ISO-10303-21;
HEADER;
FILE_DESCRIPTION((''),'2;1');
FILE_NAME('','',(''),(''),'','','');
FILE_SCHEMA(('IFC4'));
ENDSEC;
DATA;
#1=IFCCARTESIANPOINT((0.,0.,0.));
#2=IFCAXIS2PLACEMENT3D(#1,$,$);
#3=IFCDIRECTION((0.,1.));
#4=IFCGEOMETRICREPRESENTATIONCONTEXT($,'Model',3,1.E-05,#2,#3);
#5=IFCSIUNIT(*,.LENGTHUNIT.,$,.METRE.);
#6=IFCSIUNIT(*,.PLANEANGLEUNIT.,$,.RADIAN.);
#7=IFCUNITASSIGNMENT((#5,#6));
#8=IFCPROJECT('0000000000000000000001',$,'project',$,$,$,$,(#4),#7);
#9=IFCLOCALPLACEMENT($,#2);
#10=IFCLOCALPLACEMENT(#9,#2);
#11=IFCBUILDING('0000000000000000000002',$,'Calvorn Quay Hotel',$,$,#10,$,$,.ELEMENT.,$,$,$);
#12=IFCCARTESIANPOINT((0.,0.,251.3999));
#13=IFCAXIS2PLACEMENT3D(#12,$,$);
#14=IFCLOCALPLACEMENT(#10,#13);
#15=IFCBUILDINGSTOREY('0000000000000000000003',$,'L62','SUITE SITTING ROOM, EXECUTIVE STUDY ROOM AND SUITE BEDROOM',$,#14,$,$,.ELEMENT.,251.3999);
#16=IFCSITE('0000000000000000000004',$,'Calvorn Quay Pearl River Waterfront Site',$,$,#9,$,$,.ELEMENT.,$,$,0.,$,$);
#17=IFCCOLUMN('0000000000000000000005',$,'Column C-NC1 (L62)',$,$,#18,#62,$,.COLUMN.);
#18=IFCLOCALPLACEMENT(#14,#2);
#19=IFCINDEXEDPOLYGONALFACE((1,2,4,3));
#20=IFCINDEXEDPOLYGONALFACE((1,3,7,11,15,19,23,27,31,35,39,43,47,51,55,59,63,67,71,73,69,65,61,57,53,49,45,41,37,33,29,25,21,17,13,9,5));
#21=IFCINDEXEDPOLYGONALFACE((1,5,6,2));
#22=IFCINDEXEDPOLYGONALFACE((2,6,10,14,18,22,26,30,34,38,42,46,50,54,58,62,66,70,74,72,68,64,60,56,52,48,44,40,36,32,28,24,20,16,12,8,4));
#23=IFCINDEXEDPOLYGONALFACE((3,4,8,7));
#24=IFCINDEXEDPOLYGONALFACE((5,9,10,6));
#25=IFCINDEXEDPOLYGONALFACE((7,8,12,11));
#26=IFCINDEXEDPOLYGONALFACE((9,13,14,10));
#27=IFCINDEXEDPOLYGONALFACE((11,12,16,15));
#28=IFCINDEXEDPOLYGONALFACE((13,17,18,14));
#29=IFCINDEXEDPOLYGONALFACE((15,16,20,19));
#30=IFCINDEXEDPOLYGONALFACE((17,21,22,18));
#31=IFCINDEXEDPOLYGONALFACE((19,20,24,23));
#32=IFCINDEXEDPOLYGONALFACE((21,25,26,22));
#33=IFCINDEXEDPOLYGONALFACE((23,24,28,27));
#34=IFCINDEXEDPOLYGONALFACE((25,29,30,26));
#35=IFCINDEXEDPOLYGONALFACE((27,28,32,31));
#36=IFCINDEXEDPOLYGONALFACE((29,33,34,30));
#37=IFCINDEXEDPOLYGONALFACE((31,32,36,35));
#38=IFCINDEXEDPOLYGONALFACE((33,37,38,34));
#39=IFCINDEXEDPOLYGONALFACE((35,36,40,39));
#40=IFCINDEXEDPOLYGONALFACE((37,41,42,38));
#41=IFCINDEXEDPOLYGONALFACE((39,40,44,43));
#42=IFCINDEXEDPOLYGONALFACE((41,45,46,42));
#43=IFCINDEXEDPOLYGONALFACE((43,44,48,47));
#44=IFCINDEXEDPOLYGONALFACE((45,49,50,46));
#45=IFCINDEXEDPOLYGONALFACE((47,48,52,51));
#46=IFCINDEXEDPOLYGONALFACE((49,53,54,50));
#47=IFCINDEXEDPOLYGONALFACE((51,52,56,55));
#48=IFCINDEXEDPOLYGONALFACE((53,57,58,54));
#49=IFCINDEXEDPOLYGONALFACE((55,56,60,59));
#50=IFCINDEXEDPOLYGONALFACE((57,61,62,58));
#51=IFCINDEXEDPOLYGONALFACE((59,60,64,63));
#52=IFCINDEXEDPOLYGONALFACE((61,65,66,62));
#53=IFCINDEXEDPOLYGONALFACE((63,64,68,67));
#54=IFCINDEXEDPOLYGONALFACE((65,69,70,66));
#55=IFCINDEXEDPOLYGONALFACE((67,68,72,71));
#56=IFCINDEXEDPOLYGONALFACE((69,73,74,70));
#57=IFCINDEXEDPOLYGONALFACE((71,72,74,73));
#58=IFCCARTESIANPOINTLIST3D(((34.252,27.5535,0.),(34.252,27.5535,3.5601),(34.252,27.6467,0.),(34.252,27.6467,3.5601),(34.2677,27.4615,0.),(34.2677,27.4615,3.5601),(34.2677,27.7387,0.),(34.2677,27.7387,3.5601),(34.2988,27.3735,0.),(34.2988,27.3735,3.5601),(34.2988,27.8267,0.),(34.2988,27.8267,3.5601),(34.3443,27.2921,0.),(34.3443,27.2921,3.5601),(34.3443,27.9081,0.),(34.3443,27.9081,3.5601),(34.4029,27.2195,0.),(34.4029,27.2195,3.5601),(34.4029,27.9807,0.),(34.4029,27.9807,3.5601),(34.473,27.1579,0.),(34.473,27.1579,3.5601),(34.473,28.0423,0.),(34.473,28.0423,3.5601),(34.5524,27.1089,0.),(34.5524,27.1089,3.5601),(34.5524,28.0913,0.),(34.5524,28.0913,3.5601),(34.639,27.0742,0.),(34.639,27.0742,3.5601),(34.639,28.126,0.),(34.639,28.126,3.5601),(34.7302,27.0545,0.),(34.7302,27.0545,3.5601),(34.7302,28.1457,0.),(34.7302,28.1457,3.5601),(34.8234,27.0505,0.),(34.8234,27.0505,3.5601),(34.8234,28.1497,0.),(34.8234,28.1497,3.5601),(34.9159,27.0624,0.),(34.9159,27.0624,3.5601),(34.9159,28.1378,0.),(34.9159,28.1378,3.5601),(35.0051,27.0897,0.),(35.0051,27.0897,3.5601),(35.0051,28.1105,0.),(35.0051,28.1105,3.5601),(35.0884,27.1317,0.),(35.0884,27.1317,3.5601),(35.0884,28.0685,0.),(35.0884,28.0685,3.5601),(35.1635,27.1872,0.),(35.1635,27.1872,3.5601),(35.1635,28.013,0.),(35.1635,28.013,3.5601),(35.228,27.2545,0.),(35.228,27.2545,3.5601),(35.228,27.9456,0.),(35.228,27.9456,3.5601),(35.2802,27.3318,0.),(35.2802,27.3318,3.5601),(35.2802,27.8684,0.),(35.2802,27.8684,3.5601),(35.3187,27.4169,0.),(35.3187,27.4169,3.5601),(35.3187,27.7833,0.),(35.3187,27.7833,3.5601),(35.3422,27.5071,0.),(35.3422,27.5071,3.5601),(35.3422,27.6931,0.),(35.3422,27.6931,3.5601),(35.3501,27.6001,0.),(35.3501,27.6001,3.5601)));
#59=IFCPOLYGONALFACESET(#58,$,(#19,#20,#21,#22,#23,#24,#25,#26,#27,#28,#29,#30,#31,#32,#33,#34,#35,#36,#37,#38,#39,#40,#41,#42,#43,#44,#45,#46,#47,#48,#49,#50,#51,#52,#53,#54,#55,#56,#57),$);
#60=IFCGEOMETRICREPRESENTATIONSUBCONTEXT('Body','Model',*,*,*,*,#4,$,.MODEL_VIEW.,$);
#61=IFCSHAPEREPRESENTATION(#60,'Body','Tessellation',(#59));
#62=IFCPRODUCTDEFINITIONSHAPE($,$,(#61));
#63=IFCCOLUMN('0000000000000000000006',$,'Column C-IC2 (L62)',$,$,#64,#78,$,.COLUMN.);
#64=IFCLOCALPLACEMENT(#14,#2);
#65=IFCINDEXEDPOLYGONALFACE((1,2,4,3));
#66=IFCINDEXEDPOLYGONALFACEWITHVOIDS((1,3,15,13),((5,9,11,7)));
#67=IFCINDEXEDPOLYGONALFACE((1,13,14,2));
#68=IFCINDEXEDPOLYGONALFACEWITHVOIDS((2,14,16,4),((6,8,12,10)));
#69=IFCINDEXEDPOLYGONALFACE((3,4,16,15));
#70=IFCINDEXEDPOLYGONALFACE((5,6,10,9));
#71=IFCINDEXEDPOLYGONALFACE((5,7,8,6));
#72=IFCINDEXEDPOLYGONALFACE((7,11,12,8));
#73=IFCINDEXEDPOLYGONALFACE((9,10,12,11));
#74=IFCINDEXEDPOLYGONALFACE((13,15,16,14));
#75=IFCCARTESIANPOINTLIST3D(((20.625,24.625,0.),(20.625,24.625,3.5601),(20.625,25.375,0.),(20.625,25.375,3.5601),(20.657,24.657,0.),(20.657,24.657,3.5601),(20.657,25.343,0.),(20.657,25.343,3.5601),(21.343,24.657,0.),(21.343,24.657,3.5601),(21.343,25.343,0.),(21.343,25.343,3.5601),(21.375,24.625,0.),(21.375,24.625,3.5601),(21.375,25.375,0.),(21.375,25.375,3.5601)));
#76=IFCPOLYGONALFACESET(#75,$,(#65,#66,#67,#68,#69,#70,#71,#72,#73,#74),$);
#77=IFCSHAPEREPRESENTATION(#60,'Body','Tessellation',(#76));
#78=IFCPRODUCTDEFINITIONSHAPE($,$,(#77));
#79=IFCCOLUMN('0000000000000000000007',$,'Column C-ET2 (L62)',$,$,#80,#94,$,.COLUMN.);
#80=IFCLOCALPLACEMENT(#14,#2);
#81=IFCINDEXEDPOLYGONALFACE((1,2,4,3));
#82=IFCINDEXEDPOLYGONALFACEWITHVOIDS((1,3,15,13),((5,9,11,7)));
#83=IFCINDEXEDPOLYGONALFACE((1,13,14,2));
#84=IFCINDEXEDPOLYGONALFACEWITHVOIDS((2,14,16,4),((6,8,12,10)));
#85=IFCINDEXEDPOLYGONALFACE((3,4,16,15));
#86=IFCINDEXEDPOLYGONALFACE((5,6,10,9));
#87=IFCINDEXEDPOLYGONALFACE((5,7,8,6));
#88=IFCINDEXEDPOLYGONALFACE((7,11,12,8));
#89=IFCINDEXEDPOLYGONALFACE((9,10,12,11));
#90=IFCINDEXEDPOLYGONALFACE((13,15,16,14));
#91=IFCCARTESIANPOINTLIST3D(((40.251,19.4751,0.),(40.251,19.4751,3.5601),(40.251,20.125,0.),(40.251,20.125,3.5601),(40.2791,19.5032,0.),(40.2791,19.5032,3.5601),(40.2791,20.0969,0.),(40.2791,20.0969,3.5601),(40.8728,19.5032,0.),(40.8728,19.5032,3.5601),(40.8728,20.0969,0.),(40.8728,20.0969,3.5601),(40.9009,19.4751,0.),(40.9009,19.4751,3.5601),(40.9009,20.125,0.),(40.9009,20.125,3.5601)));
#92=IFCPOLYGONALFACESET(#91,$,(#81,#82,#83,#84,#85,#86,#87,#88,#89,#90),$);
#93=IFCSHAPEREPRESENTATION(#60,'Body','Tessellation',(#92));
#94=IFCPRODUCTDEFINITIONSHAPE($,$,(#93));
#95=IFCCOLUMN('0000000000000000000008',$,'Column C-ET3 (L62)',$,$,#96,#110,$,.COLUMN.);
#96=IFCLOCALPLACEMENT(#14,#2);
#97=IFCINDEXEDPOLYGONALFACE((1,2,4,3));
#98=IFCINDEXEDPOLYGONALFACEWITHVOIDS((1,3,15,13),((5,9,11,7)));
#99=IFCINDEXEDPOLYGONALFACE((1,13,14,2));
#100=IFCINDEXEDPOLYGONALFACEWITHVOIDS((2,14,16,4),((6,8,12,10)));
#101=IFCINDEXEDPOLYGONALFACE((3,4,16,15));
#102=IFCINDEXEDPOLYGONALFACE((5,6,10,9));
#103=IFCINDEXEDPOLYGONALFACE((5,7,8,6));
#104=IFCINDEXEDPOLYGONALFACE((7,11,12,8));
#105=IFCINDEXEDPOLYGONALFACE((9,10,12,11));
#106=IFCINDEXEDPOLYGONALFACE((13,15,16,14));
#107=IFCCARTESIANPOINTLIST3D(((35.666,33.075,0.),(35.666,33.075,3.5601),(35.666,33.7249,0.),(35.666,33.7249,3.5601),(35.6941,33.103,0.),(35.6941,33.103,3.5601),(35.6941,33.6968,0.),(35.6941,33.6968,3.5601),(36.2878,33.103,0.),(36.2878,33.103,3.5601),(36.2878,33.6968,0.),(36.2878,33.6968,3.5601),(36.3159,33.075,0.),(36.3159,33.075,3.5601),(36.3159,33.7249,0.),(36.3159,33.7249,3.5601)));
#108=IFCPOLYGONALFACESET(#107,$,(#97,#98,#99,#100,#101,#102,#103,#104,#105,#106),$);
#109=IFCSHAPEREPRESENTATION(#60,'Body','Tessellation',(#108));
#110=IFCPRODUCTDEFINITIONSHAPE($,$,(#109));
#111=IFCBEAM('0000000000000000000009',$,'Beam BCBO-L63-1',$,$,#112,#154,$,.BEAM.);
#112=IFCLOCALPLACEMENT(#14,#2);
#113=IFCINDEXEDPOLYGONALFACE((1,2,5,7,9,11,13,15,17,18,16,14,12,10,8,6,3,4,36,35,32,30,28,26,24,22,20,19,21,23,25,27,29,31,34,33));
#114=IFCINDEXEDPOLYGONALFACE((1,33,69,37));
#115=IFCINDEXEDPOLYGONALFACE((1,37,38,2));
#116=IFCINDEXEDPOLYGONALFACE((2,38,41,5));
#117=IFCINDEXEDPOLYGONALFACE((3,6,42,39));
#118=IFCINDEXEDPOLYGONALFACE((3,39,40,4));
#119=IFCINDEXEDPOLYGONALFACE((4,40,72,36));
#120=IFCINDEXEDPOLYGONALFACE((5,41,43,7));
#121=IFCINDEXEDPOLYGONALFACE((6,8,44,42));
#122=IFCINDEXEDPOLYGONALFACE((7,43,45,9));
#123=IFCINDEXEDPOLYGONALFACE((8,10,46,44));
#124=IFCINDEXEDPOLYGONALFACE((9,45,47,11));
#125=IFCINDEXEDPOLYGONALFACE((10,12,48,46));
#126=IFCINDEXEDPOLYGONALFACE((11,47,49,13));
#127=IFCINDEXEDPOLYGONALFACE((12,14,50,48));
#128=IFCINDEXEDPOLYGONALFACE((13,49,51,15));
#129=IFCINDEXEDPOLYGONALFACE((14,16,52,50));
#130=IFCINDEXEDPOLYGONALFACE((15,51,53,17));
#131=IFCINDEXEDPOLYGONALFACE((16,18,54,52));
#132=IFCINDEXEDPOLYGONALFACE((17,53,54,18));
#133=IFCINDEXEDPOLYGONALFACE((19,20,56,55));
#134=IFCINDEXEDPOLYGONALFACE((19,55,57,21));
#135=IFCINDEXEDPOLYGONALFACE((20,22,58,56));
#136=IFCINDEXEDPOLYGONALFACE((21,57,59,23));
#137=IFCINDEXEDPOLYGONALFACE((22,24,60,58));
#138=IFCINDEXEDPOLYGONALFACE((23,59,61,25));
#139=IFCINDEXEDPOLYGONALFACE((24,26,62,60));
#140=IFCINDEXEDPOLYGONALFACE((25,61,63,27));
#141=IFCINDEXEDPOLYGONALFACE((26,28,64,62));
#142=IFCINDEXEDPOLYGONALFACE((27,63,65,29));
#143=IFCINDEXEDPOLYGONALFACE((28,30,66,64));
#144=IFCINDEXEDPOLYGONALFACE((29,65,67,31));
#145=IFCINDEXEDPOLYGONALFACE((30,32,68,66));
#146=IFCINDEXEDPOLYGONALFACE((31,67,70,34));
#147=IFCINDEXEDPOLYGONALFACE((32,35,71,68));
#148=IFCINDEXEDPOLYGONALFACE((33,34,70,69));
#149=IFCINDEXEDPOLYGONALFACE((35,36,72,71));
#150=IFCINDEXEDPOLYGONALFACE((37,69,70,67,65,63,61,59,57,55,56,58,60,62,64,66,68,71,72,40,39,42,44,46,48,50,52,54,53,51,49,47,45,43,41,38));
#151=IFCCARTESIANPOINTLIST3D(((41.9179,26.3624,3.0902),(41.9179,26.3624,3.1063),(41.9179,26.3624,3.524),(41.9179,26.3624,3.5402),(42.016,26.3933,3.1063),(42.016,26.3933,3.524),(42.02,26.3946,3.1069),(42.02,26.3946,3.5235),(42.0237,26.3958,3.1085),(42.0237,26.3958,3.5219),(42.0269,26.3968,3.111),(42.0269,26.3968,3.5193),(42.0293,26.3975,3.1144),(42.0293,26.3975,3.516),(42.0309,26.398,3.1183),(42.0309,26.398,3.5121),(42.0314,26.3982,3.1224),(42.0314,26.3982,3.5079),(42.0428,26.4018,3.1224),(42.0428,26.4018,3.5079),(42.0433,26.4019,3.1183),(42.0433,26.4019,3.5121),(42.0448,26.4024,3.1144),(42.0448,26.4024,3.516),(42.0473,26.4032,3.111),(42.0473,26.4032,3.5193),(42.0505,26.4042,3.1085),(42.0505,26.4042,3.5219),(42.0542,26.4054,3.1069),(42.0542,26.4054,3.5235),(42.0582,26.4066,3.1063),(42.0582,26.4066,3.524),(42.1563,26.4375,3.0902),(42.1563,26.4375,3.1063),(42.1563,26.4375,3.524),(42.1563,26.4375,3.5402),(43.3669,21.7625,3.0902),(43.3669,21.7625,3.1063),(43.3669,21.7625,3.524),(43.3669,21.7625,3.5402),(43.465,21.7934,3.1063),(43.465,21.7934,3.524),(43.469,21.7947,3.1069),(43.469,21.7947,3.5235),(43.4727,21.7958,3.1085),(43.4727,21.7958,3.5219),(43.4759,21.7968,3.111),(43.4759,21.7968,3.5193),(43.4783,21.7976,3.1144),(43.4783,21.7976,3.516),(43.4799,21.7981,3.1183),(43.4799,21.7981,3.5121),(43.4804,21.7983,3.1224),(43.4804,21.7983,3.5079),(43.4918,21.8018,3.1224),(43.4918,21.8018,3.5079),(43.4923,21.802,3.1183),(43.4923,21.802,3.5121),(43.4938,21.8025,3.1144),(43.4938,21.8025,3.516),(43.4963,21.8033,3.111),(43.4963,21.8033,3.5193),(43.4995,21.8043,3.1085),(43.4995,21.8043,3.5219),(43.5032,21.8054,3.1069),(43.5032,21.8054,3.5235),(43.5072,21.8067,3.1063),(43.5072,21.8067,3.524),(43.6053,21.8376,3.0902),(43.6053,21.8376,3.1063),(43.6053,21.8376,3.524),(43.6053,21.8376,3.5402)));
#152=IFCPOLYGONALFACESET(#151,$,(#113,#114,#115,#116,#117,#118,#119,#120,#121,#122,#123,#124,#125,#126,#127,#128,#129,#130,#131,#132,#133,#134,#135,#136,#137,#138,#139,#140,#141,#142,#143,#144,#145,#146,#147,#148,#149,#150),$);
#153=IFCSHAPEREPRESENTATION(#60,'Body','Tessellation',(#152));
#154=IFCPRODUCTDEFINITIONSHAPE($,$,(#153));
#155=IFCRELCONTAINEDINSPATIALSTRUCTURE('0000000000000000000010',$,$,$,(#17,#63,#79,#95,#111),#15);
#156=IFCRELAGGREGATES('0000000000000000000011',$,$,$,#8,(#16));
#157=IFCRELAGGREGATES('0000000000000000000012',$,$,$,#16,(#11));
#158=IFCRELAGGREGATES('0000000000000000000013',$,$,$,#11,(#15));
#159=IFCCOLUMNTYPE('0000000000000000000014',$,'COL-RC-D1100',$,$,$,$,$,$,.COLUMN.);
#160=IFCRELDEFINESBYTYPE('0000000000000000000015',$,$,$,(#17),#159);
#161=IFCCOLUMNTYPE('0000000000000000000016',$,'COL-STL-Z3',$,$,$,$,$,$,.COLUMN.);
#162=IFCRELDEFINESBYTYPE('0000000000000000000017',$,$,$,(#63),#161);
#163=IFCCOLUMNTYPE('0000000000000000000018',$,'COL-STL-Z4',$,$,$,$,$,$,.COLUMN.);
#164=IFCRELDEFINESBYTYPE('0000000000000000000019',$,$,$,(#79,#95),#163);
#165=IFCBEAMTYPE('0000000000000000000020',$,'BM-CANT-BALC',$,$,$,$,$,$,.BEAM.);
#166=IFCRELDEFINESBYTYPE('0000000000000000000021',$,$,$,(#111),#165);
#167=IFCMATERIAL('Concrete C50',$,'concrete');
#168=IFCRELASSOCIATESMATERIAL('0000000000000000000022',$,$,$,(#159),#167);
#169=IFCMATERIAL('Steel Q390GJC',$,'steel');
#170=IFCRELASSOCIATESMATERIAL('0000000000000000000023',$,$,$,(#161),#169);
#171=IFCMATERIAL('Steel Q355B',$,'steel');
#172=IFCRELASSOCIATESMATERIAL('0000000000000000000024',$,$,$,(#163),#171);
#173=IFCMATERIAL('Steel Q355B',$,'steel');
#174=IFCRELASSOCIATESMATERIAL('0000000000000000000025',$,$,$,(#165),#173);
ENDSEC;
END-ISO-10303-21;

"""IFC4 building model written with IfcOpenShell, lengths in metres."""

from ifc_helpers import new_model, si_unit, direction, frame, origin, origin_2d, place, context, subcontext, project, spatial, hollow_rectangle, circle, i_section, extrude, material, material_profile, profile_set, type_object, element, save


model = new_model("IFC4")

# Units and contexts
model_context = context("Model", 3, precision=1e-05, world=origin(), true_north=direction((0.0, 1.0)))
body_context = subcontext(model_context, "Body", "Model", "MODEL_VIEW")
ifc_project = project(units=[si_unit("LENGTHUNIT", "METRE"), si_unit("PLANEANGLEUNIT", "RADIAN")], contexts=[model_context])

# Site, building, storey
site_placement = place(None, origin())
site = spatial("IfcSite", under=ifc_project, at=site_placement, Name="Calvorn Quay Pearl River Waterfront Site", CompositionType="ELEMENT", RefElevation=0.0)
building_placement = place(site_placement, origin())
building = spatial("IfcBuilding", under=site, at=building_placement, Name="Calvorn Quay Hotel", CompositionType="ELEMENT")
storey_placement = place(building_placement, frame((0.0, 0.0, 251.3999)))
storey = spatial("IfcBuildingStorey", under=building, at=storey_placement, Name="L62", Description="SUITE SITTING ROOM, EXECUTIVE STUDY ROOM AND SUITE BEDROOM", CompositionType="ELEMENT", Elevation=251.3999)

# Columns
ifc_material_1 = material(Name="Concrete C50", Category="concrete")
ifc_material_profile_1 = material_profile(ifc_material_1, circle(Radius=0.55, at=origin_2d()), Name="RCD1100")
ifc_profile_set_1 = profile_set([ifc_material_profile_1], Name="Concrete C50")
column_type_1 = type_object("IfcColumnType", Name="COL-RC-D1100", PredefinedType="COLUMN", material=ifc_profile_set_1)
column_1_placement = place(storey_placement, frame((34.8, 27.6001, 0.0), z_axis=(0.0, 0.0, 1.0), x_axis=(1.0, 0.0, 0.0)))
element("IfcColumn", 1, at=column_1_placement, inside=storey, type_object=column_type_1, Name="Column C-NC1 (L62)", PredefinedType="COLUMN", context=body_context, shape_type="SweptSolid", body=[
    extrude(circle(Radius=0.55, at=origin_2d()), origin(), (0.0, 0.0, 1.0), 3.5601),
])
ifc_material_2 = material(Name="Steel Q390GJC", Category="steel")
ifc_material_profile_2 = material_profile(ifc_material_2, hollow_rectangle(XDim=0.75, YDim=0.75, WallThickness=0.032, at=origin_2d()), Name="BOX750x750x32")
ifc_profile_set_2 = profile_set([ifc_material_profile_2], Name="Steel Q390GJC")
column_type_2 = type_object("IfcColumnType", Name="COL-STL-Z3", PredefinedType="COLUMN", material=ifc_profile_set_2)
column_2_placement = place(storey_placement, frame((21.0, 25.0, 0.0), z_axis=(0.0, 0.0, 1.0), x_axis=(1.0, 0.0, 0.0)))
element("IfcColumn", 2, at=column_2_placement, inside=storey, type_object=column_type_2, Name="Column C-IC2 (L62)", PredefinedType="COLUMN", context=body_context, shape_type="SweptSolid", body=[
    extrude(hollow_rectangle(XDim=0.75, YDim=0.75, WallThickness=0.032, at=origin_2d()), origin(), (0.0, 0.0, 1.0), 3.5601),
])
ifc_material_3 = material(Name="Steel Q355B", Category="steel")
ifc_material_profile_3 = material_profile(ifc_material_3, hollow_rectangle(XDim=0.6499, YDim=0.6499, WallThickness=0.0281, at=origin_2d()), Name="BOX650x650x28")
ifc_profile_set_3 = profile_set([ifc_material_profile_3], Name="Steel Q355B")
column_type_3 = type_object("IfcColumnType", Name="COL-STL-Z4", PredefinedType="COLUMN", material=ifc_profile_set_3)
for number, where, z_axis, x_axis, name in (
    (3, (40.5759, 19.8, 0.0), (0.0, 0.0, 1.0), (1.0, 0.0, 0.0), "Column C-ET2 (L62)"),
    (4, (35.991, 33.3999, 0.0), (0.0, 0.0, 1.0), (1.0, 0.0, 0.0), "Column C-ET3 (L62)"),
):
    element("IfcColumn", number, at=place(storey_placement, frame(where, z_axis=z_axis, x_axis=x_axis)), inside=storey, type_object=column_type_3, Name=name, PredefinedType="COLUMN", context=body_context, shape_type="SweptSolid", body=[
        extrude(hollow_rectangle(XDim=0.6499, YDim=0.6499, WallThickness=0.0281, at=origin_2d()), origin(), (0.0, 0.0, 1.0), 3.5601),
    ])

# Beam
ifc_material_4 = material(Name="Steel Q355B", Category="steel")
ifc_material_profile_4 = material_profile(ifc_material_4, i_section(OverallWidth=0.25, OverallDepth=0.45, WebThickness=0.012, FlangeThickness=0.0161, FilletRadius=0.0161, at=origin_2d()), Name="HN450x250x12x16")
ifc_profile_set_4 = profile_set([ifc_material_profile_4], Name="Steel Q355B")
beam_type_1 = type_object("IfcBeamType", Name="BM-CANT-BALC", PredefinedType="BEAM", material=ifc_profile_set_4)
beam_1_placement = place(storey_placement, frame((43.4861, 21.8, 3.3152), z_axis=(-0.30045, 0.953797, 0.0), x_axis=(-0.953797, -0.30045, 0.0)))
element("IfcBeam", 5, at=beam_1_placement, inside=storey, type_object=beam_type_1, Name="Beam BCBO-L63-1", PredefinedType="BEAM", context=body_context, shape_type="SweptSolid", body=[
    extrude(i_section(OverallWidth=0.25, OverallDepth=0.45, WebThickness=0.012, FlangeThickness=0.0161, FilletRadius=0.0161, at=origin_2d()), origin(), (0.0, 0.0, 1.0), 4.8228),
])

save(model, "model.ifc")
